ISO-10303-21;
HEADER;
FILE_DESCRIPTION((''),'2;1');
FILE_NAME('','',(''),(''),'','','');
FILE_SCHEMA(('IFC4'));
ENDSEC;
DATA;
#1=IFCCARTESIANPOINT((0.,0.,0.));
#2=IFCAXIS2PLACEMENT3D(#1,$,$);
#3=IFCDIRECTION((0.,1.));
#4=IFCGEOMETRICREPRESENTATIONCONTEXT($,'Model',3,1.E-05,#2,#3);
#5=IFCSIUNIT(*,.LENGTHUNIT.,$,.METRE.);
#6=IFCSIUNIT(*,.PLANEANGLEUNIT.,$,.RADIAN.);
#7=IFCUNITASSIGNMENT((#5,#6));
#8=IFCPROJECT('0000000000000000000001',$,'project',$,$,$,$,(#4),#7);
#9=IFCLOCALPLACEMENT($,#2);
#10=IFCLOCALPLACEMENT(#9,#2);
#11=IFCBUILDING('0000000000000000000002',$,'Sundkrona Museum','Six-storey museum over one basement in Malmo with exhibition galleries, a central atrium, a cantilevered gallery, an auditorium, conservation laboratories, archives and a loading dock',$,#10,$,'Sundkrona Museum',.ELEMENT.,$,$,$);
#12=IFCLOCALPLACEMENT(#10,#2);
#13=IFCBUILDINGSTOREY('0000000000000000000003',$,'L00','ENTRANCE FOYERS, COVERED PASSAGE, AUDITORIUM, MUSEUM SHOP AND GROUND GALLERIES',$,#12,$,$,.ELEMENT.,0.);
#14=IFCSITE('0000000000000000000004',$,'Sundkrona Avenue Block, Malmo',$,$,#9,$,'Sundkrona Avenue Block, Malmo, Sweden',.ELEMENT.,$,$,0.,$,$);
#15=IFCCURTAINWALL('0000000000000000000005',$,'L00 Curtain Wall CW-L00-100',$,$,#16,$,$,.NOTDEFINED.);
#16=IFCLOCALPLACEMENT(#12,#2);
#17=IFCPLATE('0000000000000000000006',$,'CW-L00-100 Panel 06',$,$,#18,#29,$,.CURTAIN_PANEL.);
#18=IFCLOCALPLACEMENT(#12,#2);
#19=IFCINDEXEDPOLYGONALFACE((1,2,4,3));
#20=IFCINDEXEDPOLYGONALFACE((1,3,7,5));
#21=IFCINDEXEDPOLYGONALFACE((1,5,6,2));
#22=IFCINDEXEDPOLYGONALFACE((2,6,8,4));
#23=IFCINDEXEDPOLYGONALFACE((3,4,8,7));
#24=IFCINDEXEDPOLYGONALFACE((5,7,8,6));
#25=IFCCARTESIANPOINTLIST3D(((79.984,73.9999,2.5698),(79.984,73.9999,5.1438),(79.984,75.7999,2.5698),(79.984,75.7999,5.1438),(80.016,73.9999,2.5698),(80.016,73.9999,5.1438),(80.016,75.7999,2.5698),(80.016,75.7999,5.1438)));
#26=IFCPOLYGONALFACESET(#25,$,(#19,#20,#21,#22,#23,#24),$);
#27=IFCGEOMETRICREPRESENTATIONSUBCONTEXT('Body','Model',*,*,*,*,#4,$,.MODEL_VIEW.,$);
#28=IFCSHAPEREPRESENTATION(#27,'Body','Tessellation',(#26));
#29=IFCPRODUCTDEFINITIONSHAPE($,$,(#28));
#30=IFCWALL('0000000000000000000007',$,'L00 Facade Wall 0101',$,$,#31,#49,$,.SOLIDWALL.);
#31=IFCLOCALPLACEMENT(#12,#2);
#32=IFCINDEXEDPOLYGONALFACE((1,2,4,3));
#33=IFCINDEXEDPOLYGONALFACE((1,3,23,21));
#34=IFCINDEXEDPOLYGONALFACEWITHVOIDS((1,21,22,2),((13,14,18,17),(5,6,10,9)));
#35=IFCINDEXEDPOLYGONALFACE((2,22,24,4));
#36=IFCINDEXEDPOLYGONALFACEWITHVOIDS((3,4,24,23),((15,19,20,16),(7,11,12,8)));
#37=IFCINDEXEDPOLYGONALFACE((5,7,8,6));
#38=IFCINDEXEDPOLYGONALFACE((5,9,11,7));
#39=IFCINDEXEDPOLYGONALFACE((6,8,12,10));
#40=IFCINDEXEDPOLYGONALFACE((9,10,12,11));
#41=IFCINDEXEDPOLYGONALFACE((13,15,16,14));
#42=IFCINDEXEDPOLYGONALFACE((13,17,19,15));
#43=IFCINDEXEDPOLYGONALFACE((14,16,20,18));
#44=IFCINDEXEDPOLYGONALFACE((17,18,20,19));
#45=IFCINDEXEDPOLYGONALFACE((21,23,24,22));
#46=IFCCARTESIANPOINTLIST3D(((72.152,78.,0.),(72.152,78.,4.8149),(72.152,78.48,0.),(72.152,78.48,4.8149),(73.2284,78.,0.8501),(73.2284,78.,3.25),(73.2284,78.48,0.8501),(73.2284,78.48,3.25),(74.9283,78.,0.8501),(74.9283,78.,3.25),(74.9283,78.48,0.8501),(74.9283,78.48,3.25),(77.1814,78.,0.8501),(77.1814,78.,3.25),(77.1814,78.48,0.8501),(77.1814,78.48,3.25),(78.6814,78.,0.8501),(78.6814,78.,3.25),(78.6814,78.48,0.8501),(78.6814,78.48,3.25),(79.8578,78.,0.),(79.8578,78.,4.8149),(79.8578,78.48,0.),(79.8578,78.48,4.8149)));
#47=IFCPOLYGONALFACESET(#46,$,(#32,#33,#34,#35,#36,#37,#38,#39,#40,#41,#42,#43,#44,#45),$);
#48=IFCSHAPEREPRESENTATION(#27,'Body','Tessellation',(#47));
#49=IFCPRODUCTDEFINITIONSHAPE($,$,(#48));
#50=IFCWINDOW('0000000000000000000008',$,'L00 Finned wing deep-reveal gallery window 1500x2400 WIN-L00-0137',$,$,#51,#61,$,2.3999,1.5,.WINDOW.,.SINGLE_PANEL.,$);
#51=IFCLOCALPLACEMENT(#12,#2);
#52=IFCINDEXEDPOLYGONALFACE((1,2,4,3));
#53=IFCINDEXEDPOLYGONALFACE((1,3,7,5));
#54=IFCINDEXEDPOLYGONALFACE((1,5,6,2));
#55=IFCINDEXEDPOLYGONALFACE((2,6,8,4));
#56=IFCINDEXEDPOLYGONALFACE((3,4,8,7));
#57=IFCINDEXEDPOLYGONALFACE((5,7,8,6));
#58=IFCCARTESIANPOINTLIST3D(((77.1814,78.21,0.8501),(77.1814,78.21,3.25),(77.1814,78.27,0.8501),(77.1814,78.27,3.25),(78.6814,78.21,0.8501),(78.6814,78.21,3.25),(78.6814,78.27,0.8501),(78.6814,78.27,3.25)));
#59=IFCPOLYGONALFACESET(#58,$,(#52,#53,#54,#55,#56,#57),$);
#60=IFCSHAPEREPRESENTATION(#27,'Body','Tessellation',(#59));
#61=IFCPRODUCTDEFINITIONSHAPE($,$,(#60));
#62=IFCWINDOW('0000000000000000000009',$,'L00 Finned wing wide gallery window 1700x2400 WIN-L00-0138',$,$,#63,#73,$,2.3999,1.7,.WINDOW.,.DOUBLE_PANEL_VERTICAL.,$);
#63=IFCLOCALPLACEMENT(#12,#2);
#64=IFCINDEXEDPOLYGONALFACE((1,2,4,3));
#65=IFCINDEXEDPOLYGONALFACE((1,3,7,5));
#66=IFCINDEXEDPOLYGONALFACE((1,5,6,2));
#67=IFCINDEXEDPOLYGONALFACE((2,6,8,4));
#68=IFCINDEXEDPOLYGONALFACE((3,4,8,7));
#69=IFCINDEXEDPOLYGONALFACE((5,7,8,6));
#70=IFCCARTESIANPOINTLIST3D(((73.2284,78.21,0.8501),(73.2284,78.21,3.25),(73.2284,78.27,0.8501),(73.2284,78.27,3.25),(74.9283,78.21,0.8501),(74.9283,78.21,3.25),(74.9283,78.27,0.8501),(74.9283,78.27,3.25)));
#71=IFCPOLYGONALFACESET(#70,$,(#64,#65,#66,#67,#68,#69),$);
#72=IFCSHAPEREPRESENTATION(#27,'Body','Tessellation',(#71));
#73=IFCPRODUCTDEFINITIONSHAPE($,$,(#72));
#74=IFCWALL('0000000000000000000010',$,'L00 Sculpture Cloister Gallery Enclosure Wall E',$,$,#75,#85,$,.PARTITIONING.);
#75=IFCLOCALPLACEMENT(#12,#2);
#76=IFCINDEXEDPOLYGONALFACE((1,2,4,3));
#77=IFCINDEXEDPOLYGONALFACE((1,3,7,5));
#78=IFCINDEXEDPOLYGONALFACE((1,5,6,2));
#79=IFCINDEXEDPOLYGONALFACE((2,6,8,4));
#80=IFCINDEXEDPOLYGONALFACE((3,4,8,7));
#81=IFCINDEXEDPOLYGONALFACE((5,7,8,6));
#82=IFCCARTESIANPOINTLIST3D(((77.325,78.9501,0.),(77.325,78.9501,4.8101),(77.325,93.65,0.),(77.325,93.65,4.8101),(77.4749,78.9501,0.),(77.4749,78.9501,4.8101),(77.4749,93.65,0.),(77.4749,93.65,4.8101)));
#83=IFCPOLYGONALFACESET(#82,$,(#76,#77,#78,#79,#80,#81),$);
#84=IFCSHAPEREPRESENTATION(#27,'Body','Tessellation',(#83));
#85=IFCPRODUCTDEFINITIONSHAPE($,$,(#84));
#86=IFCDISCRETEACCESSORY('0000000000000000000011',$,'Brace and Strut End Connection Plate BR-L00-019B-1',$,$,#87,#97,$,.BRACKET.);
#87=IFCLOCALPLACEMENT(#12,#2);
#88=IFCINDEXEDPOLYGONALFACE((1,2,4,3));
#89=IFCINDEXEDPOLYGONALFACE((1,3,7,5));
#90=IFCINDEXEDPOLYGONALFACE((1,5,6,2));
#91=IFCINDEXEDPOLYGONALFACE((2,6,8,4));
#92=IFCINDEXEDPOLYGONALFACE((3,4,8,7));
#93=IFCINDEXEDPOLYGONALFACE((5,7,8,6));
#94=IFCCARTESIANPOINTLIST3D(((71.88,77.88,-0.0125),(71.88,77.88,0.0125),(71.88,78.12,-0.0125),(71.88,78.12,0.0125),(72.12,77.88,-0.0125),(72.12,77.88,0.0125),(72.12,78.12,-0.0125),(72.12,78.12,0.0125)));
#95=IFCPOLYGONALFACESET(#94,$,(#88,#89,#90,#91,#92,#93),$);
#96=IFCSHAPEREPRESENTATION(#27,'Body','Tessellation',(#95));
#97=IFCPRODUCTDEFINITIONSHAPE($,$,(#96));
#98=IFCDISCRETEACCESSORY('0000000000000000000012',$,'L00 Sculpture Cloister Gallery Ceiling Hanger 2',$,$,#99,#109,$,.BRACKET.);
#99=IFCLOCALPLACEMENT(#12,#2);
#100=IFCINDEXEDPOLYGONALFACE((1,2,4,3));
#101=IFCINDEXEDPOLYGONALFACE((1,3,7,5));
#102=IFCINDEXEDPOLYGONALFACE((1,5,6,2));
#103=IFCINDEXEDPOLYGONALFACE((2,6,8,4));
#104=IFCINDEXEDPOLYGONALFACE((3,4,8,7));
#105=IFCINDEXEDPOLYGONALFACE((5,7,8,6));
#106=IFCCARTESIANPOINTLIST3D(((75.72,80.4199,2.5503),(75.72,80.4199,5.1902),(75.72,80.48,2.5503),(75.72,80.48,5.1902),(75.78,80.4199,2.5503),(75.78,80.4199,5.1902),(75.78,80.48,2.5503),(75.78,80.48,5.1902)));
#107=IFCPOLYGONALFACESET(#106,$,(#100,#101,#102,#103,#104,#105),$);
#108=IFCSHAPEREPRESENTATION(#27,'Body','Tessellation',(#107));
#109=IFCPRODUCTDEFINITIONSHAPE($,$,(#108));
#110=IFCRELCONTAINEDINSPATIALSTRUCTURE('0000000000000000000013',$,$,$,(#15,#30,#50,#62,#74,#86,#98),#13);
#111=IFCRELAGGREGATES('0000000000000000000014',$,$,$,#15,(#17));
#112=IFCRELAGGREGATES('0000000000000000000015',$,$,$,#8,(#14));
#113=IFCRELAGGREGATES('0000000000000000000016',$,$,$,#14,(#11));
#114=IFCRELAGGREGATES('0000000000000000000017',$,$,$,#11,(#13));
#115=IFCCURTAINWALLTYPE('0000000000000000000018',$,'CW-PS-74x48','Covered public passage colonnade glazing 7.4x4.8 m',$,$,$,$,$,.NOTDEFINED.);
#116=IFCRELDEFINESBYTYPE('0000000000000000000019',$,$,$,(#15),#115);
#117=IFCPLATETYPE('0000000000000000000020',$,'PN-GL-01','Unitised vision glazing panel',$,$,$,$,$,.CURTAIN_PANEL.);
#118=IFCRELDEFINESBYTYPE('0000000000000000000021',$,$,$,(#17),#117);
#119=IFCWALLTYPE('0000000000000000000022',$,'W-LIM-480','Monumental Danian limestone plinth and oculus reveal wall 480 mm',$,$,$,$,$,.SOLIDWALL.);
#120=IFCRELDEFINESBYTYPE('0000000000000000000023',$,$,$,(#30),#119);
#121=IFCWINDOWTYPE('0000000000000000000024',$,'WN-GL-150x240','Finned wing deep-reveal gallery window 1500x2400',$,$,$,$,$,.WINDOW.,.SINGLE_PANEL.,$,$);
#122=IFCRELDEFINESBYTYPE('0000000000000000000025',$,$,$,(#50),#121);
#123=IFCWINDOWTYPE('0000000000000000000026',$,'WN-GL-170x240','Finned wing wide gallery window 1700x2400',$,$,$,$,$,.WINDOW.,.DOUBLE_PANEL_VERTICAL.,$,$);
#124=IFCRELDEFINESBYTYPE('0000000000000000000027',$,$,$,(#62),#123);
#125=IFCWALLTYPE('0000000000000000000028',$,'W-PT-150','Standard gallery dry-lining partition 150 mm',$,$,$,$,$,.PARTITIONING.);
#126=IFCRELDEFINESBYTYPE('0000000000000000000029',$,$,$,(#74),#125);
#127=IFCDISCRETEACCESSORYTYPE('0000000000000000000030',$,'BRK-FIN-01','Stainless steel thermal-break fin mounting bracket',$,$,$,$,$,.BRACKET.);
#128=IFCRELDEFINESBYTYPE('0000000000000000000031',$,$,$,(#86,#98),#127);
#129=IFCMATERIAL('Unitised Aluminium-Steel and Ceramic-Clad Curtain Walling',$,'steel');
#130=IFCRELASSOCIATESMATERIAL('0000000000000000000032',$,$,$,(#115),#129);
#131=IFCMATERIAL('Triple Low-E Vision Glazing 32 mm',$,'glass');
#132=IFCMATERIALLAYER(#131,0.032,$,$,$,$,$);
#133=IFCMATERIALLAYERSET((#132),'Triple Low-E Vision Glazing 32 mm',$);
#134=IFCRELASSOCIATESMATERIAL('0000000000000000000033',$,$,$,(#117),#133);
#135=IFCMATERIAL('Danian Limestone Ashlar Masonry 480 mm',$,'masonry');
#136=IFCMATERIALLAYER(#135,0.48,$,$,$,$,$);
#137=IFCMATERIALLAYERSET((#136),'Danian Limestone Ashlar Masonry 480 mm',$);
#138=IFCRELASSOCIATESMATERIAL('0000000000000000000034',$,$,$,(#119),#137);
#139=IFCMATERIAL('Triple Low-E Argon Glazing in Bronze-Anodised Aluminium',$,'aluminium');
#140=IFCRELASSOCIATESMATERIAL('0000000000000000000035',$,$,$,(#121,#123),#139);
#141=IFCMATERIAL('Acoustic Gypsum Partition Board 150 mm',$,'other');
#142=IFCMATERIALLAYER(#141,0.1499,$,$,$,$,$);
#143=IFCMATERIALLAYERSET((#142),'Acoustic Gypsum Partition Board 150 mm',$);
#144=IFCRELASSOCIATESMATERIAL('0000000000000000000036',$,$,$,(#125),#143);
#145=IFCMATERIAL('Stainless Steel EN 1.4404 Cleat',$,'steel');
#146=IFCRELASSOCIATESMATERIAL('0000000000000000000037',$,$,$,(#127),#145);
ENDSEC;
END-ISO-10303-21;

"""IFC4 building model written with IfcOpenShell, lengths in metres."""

from ifc_helpers import new_model, si_unit, direction, frame, frame_2d, origin, origin_2d, place, context, subcontext, project, spatial, rectangle, extrude, material, layer, layer_set, type_object, element, fill, aggregate, save


model = new_model("IFC4")

# Units and contexts
model_context = context("Model", 3, precision=1e-05, world=origin(), true_north=direction((0.0, 1.0)))
body_context = subcontext(model_context, "Body", "Model", "MODEL_VIEW")
ifc_project = project(units=[si_unit("LENGTHUNIT", "METRE"), si_unit("PLANEANGLEUNIT", "RADIAN")], contexts=[model_context])

# Site, building, storey
site_placement = place(None, origin())
site = spatial("IfcSite", under=ifc_project, at=site_placement, Name="Sundkrona Avenue Block, Malmo", LongName="Sundkrona Avenue Block, Malmo, Sweden", CompositionType="ELEMENT", RefElevation=0.0)
building_placement = place(site_placement, origin())
building = spatial("IfcBuilding", under=site, at=building_placement, Name="Sundkrona Museum", Description="Six-storey museum over one basement in Malmo with exhibition galleries, a central atrium, a cantilevered gallery, an auditorium, conservation laboratories, archives and a loading dock", LongName="Sundkrona Museum", CompositionType="ELEMENT")
storey_placement = place(building_placement, origin())
storey = spatial("IfcBuildingStorey", under=building, at=storey_placement, Name="L00", Description="ENTRANCE FOYERS, COVERED PASSAGE, AUDITORIUM, MUSEUM SHOP AND GROUND GALLERIES", CompositionType="ELEMENT", Elevation=0.0)

# Curtain wall, plate
ifc_material_1 = material(Name="Unitised Aluminium-Steel and Ceramic-Clad Curtain Walling", Category="steel")
curtain_wall_type = type_object("IfcCurtainWallType", Name="CW-PS-74x48", Description="Covered public passage colonnade glazing 7.4x4.8 m", PredefinedType="NOTDEFINED", material=ifc_material_1)
curtain_wall_placement = place(storey_placement, origin())
curtain_wall = element("IfcCurtainWall", 1, at=curtain_wall_placement, inside=storey, type_object=curtain_wall_type, Name="L00 Curtain Wall CW-L00-100", PredefinedType="NOTDEFINED")
ifc_material_2 = material(Name="Triple Low-E Vision Glazing 32 mm", Category="glass")
ifc_layer_1 = layer(ifc_material_2, 0.032)
ifc_layer_set_1 = layer_set([ifc_layer_1], Name="Triple Low-E Vision Glazing 32 mm")
plate_type = type_object("IfcPlateType", Name="PN-GL-01", Description="Unitised vision glazing panel", PredefinedType="CURTAIN_PANEL", material=ifc_layer_set_1)
plate_1_placement = place(storey_placement, frame((80.0, 74.8999, 2.5698), z_axis=(0.0, 0.0, 1.0), x_axis=(0.0, 1.0, 0.0)))
plate_1 = element("IfcPlate", 2, at=plate_1_placement, type_object=plate_type, Name="CW-L00-100 Panel 06", PredefinedType="CURTAIN_PANEL", context=body_context, shape_type="SweptSolid", body=[
    extrude(rectangle(XDim=1.8, YDim=0.032, at=origin_2d()), origin(), (0.0, 0.0, 1.0), 2.574),
])
aggregate(curtain_wall, [plate_1])

# Wall, openings, windows
ifc_material_3 = material(Name="Danian Limestone Ashlar Masonry 480 mm", Category="masonry")
ifc_layer_2 = layer(ifc_material_3, 0.48)
ifc_layer_set_2 = layer_set([ifc_layer_2], Name="Danian Limestone Ashlar Masonry 480 mm")
wall_type_1 = type_object("IfcWallType", Name="W-LIM-480", Description="Monumental Danian limestone plinth and oculus reveal wall 480 mm", PredefinedType="SOLIDWALL", material=ifc_layer_set_2)
wall_1_placement = place(storey_placement, frame((79.8579, 78.24, 0.0), z_axis=(0.0, 0.0, 1.0), x_axis=(-1.0, 0.0, 0.0)))
wall_1 = element("IfcWall", 3, at=wall_1_placement, inside=storey, type_object=wall_type_1, Name="L00 Facade Wall 0101", PredefinedType="SOLIDWALL", context=body_context, shape_type="SweptSolid", body=[
    extrude(rectangle(XDim=7.7058, YDim=0.48, at=frame_2d((3.853, 0.0))), origin(), (0.0, 0.0, 1.0), 4.8149),
])
opening_1_placement = place(wall_1_placement, frame((1.1765, 0.0, 0.8501)))
opening_1 = element("IfcOpeningElement", 4, at=opening_1_placement, cuts=wall_1, PredefinedType="OPENING", context=body_context, shape_type="SweptSolid", body=[
    extrude(rectangle(XDim=1.5, YDim=2.3999, at=frame_2d((0.75, 1.2))), frame((0.0, 0.25, 0.0), z_axis=(0.0, -1.0, 0.0), x_axis=(1.0, 0.0, 0.0)), (0.0, 0.0, 1.0), 0.5),
])
opening_2_placement = place(wall_1_placement, frame((4.9294, 0.0, 0.8501)))
opening_2 = element("IfcOpeningElement", 5, at=opening_2_placement, cuts=wall_1, PredefinedType="OPENING", context=body_context, shape_type="SweptSolid", body=[
    extrude(rectangle(XDim=1.7, YDim=2.3999, at=frame_2d((0.8501, 1.2))), frame((0.0, 0.25, 0.0), z_axis=(0.0, -1.0, 0.0), x_axis=(1.0, 0.0, 0.0)), (0.0, 0.0, 1.0), 0.5),
])
ifc_material_4 = material(Name="Triple Low-E Argon Glazing in Bronze-Anodised Aluminium", Category="aluminium")
window_type_1 = type_object("IfcWindowType", Name="WN-GL-150x240", Description="Finned wing deep-reveal gallery window 1500x2400", PartitioningType="SINGLE_PANEL", PredefinedType="WINDOW", material=ifc_material_4)
window_1_placement = place(opening_1_placement, origin())
window_1 = element("IfcWindow", 6, at=window_1_placement, inside=storey, type_object=window_type_1, Name="L00 Finned wing deep-reveal gallery window 1500x2400 WIN-L00-0137", OverallHeight=2.3999, OverallWidth=1.5, PartitioningType="SINGLE_PANEL", PredefinedType="WINDOW", context=body_context, shape_type="SweptSolid", body=[
    extrude(rectangle(XDim=1.5, YDim=2.3999, at=frame_2d((0.75, 1.2))), frame((0.0, 0.03, 0.0), z_axis=(0.0, -1.0, 0.0), x_axis=(1.0, 0.0, 0.0)), (0.0, 0.0, 1.0), 0.0601),
])
fill(opening_1, window_1)
window_type_2 = type_object("IfcWindowType", Name="WN-GL-170x240", Description="Finned wing wide gallery window 1700x2400", PartitioningType="DOUBLE_PANEL_VERTICAL", PredefinedType="WINDOW", material=ifc_material_4)
window_2_placement = place(opening_2_placement, origin())
window_2 = element("IfcWindow", 7, at=window_2_placement, inside=storey, type_object=window_type_2, Name="L00 Finned wing wide gallery window 1700x2400 WIN-L00-0138", OverallHeight=2.3999, OverallWidth=1.7, PartitioningType="DOUBLE_PANEL_VERTICAL", PredefinedType="WINDOW", context=body_context, shape_type="SweptSolid", body=[
    extrude(rectangle(XDim=1.7, YDim=2.3999, at=frame_2d((0.8501, 1.2))), frame((0.0, 0.03, 0.0), z_axis=(0.0, -1.0, 0.0), x_axis=(1.0, 0.0, 0.0)), (0.0, 0.0, 1.0), 0.0601),
])
fill(opening_2, window_2)

# Wall
ifc_material_5 = material(Name="Acoustic Gypsum Partition Board 150 mm", Category="other")
ifc_layer_3 = layer(ifc_material_5, 0.1499)
ifc_layer_set_3 = layer_set([ifc_layer_3], Name="Acoustic Gypsum Partition Board 150 mm")
wall_type_2 = type_object("IfcWallType", Name="W-PT-150", Description="Standard gallery dry-lining partition 150 mm", PredefinedType="PARTITIONING", material=ifc_layer_set_3)
wall_2_placement = place(storey_placement, frame((77.3999, 78.95, 0.0), z_axis=(0.0, 0.0, 1.0), x_axis=(0.0, 1.0, 0.0)))
element("IfcWall", 8, at=wall_2_placement, inside=storey, type_object=wall_type_2, Name="L00 Sculpture Cloister Gallery Enclosure Wall E", PredefinedType="PARTITIONING", context=body_context, shape_type="SweptSolid", body=[
    extrude(rectangle(XDim=14.7, YDim=0.1499, at=frame_2d((7.3501, 0.0))), origin(), (0.0, 0.0, 1.0), 4.8101),
])

# Discrete accessories
ifc_material_6 = material(Name="Stainless Steel EN 1.4404 Cleat", Category="steel")
discrete_accessory_type = type_object("IfcDiscreteAccessoryType", Name="BRK-FIN-01", Description="Stainless steel thermal-break fin mounting bracket", PredefinedType="BRACKET", material=ifc_material_6)
discrete_accessory_1_placement = place(storey_placement, frame((72.0, 78.0, -0.0125), z_axis=(0.0, 0.0, 1.0), x_axis=(1.0, 0.0, 0.0)))
element("IfcDiscreteAccessory", 9, at=discrete_accessory_1_placement, inside=storey, type_object=discrete_accessory_type, Name="Brace and Strut End Connection Plate BR-L00-019B-1", PredefinedType="BRACKET", context=body_context, shape_type="SweptSolid", body=[
    extrude(rectangle(XDim=0.24, YDim=0.24, at=origin_2d()), origin(), (0.0, 0.0, 1.0), 0.0249),
])
discrete_accessory_2_placement = place(storey_placement, frame((75.75, 80.45, 2.5503), z_axis=(0.0, 0.0, 1.0), x_axis=(1.0, 0.0, 0.0)))
element("IfcDiscreteAccessory", 10, at=discrete_accessory_2_placement, inside=storey, type_object=discrete_accessory_type, Name="L00 Sculpture Cloister Gallery Ceiling Hanger 2", PredefinedType="BRACKET", context=body_context, shape_type="SweptSolid", body=[
    extrude(rectangle(XDim=0.0601, YDim=0.0601, at=origin_2d()), origin(), (0.0, 0.0, 1.0), 2.6399),
])

save(model, "model.ifc")
